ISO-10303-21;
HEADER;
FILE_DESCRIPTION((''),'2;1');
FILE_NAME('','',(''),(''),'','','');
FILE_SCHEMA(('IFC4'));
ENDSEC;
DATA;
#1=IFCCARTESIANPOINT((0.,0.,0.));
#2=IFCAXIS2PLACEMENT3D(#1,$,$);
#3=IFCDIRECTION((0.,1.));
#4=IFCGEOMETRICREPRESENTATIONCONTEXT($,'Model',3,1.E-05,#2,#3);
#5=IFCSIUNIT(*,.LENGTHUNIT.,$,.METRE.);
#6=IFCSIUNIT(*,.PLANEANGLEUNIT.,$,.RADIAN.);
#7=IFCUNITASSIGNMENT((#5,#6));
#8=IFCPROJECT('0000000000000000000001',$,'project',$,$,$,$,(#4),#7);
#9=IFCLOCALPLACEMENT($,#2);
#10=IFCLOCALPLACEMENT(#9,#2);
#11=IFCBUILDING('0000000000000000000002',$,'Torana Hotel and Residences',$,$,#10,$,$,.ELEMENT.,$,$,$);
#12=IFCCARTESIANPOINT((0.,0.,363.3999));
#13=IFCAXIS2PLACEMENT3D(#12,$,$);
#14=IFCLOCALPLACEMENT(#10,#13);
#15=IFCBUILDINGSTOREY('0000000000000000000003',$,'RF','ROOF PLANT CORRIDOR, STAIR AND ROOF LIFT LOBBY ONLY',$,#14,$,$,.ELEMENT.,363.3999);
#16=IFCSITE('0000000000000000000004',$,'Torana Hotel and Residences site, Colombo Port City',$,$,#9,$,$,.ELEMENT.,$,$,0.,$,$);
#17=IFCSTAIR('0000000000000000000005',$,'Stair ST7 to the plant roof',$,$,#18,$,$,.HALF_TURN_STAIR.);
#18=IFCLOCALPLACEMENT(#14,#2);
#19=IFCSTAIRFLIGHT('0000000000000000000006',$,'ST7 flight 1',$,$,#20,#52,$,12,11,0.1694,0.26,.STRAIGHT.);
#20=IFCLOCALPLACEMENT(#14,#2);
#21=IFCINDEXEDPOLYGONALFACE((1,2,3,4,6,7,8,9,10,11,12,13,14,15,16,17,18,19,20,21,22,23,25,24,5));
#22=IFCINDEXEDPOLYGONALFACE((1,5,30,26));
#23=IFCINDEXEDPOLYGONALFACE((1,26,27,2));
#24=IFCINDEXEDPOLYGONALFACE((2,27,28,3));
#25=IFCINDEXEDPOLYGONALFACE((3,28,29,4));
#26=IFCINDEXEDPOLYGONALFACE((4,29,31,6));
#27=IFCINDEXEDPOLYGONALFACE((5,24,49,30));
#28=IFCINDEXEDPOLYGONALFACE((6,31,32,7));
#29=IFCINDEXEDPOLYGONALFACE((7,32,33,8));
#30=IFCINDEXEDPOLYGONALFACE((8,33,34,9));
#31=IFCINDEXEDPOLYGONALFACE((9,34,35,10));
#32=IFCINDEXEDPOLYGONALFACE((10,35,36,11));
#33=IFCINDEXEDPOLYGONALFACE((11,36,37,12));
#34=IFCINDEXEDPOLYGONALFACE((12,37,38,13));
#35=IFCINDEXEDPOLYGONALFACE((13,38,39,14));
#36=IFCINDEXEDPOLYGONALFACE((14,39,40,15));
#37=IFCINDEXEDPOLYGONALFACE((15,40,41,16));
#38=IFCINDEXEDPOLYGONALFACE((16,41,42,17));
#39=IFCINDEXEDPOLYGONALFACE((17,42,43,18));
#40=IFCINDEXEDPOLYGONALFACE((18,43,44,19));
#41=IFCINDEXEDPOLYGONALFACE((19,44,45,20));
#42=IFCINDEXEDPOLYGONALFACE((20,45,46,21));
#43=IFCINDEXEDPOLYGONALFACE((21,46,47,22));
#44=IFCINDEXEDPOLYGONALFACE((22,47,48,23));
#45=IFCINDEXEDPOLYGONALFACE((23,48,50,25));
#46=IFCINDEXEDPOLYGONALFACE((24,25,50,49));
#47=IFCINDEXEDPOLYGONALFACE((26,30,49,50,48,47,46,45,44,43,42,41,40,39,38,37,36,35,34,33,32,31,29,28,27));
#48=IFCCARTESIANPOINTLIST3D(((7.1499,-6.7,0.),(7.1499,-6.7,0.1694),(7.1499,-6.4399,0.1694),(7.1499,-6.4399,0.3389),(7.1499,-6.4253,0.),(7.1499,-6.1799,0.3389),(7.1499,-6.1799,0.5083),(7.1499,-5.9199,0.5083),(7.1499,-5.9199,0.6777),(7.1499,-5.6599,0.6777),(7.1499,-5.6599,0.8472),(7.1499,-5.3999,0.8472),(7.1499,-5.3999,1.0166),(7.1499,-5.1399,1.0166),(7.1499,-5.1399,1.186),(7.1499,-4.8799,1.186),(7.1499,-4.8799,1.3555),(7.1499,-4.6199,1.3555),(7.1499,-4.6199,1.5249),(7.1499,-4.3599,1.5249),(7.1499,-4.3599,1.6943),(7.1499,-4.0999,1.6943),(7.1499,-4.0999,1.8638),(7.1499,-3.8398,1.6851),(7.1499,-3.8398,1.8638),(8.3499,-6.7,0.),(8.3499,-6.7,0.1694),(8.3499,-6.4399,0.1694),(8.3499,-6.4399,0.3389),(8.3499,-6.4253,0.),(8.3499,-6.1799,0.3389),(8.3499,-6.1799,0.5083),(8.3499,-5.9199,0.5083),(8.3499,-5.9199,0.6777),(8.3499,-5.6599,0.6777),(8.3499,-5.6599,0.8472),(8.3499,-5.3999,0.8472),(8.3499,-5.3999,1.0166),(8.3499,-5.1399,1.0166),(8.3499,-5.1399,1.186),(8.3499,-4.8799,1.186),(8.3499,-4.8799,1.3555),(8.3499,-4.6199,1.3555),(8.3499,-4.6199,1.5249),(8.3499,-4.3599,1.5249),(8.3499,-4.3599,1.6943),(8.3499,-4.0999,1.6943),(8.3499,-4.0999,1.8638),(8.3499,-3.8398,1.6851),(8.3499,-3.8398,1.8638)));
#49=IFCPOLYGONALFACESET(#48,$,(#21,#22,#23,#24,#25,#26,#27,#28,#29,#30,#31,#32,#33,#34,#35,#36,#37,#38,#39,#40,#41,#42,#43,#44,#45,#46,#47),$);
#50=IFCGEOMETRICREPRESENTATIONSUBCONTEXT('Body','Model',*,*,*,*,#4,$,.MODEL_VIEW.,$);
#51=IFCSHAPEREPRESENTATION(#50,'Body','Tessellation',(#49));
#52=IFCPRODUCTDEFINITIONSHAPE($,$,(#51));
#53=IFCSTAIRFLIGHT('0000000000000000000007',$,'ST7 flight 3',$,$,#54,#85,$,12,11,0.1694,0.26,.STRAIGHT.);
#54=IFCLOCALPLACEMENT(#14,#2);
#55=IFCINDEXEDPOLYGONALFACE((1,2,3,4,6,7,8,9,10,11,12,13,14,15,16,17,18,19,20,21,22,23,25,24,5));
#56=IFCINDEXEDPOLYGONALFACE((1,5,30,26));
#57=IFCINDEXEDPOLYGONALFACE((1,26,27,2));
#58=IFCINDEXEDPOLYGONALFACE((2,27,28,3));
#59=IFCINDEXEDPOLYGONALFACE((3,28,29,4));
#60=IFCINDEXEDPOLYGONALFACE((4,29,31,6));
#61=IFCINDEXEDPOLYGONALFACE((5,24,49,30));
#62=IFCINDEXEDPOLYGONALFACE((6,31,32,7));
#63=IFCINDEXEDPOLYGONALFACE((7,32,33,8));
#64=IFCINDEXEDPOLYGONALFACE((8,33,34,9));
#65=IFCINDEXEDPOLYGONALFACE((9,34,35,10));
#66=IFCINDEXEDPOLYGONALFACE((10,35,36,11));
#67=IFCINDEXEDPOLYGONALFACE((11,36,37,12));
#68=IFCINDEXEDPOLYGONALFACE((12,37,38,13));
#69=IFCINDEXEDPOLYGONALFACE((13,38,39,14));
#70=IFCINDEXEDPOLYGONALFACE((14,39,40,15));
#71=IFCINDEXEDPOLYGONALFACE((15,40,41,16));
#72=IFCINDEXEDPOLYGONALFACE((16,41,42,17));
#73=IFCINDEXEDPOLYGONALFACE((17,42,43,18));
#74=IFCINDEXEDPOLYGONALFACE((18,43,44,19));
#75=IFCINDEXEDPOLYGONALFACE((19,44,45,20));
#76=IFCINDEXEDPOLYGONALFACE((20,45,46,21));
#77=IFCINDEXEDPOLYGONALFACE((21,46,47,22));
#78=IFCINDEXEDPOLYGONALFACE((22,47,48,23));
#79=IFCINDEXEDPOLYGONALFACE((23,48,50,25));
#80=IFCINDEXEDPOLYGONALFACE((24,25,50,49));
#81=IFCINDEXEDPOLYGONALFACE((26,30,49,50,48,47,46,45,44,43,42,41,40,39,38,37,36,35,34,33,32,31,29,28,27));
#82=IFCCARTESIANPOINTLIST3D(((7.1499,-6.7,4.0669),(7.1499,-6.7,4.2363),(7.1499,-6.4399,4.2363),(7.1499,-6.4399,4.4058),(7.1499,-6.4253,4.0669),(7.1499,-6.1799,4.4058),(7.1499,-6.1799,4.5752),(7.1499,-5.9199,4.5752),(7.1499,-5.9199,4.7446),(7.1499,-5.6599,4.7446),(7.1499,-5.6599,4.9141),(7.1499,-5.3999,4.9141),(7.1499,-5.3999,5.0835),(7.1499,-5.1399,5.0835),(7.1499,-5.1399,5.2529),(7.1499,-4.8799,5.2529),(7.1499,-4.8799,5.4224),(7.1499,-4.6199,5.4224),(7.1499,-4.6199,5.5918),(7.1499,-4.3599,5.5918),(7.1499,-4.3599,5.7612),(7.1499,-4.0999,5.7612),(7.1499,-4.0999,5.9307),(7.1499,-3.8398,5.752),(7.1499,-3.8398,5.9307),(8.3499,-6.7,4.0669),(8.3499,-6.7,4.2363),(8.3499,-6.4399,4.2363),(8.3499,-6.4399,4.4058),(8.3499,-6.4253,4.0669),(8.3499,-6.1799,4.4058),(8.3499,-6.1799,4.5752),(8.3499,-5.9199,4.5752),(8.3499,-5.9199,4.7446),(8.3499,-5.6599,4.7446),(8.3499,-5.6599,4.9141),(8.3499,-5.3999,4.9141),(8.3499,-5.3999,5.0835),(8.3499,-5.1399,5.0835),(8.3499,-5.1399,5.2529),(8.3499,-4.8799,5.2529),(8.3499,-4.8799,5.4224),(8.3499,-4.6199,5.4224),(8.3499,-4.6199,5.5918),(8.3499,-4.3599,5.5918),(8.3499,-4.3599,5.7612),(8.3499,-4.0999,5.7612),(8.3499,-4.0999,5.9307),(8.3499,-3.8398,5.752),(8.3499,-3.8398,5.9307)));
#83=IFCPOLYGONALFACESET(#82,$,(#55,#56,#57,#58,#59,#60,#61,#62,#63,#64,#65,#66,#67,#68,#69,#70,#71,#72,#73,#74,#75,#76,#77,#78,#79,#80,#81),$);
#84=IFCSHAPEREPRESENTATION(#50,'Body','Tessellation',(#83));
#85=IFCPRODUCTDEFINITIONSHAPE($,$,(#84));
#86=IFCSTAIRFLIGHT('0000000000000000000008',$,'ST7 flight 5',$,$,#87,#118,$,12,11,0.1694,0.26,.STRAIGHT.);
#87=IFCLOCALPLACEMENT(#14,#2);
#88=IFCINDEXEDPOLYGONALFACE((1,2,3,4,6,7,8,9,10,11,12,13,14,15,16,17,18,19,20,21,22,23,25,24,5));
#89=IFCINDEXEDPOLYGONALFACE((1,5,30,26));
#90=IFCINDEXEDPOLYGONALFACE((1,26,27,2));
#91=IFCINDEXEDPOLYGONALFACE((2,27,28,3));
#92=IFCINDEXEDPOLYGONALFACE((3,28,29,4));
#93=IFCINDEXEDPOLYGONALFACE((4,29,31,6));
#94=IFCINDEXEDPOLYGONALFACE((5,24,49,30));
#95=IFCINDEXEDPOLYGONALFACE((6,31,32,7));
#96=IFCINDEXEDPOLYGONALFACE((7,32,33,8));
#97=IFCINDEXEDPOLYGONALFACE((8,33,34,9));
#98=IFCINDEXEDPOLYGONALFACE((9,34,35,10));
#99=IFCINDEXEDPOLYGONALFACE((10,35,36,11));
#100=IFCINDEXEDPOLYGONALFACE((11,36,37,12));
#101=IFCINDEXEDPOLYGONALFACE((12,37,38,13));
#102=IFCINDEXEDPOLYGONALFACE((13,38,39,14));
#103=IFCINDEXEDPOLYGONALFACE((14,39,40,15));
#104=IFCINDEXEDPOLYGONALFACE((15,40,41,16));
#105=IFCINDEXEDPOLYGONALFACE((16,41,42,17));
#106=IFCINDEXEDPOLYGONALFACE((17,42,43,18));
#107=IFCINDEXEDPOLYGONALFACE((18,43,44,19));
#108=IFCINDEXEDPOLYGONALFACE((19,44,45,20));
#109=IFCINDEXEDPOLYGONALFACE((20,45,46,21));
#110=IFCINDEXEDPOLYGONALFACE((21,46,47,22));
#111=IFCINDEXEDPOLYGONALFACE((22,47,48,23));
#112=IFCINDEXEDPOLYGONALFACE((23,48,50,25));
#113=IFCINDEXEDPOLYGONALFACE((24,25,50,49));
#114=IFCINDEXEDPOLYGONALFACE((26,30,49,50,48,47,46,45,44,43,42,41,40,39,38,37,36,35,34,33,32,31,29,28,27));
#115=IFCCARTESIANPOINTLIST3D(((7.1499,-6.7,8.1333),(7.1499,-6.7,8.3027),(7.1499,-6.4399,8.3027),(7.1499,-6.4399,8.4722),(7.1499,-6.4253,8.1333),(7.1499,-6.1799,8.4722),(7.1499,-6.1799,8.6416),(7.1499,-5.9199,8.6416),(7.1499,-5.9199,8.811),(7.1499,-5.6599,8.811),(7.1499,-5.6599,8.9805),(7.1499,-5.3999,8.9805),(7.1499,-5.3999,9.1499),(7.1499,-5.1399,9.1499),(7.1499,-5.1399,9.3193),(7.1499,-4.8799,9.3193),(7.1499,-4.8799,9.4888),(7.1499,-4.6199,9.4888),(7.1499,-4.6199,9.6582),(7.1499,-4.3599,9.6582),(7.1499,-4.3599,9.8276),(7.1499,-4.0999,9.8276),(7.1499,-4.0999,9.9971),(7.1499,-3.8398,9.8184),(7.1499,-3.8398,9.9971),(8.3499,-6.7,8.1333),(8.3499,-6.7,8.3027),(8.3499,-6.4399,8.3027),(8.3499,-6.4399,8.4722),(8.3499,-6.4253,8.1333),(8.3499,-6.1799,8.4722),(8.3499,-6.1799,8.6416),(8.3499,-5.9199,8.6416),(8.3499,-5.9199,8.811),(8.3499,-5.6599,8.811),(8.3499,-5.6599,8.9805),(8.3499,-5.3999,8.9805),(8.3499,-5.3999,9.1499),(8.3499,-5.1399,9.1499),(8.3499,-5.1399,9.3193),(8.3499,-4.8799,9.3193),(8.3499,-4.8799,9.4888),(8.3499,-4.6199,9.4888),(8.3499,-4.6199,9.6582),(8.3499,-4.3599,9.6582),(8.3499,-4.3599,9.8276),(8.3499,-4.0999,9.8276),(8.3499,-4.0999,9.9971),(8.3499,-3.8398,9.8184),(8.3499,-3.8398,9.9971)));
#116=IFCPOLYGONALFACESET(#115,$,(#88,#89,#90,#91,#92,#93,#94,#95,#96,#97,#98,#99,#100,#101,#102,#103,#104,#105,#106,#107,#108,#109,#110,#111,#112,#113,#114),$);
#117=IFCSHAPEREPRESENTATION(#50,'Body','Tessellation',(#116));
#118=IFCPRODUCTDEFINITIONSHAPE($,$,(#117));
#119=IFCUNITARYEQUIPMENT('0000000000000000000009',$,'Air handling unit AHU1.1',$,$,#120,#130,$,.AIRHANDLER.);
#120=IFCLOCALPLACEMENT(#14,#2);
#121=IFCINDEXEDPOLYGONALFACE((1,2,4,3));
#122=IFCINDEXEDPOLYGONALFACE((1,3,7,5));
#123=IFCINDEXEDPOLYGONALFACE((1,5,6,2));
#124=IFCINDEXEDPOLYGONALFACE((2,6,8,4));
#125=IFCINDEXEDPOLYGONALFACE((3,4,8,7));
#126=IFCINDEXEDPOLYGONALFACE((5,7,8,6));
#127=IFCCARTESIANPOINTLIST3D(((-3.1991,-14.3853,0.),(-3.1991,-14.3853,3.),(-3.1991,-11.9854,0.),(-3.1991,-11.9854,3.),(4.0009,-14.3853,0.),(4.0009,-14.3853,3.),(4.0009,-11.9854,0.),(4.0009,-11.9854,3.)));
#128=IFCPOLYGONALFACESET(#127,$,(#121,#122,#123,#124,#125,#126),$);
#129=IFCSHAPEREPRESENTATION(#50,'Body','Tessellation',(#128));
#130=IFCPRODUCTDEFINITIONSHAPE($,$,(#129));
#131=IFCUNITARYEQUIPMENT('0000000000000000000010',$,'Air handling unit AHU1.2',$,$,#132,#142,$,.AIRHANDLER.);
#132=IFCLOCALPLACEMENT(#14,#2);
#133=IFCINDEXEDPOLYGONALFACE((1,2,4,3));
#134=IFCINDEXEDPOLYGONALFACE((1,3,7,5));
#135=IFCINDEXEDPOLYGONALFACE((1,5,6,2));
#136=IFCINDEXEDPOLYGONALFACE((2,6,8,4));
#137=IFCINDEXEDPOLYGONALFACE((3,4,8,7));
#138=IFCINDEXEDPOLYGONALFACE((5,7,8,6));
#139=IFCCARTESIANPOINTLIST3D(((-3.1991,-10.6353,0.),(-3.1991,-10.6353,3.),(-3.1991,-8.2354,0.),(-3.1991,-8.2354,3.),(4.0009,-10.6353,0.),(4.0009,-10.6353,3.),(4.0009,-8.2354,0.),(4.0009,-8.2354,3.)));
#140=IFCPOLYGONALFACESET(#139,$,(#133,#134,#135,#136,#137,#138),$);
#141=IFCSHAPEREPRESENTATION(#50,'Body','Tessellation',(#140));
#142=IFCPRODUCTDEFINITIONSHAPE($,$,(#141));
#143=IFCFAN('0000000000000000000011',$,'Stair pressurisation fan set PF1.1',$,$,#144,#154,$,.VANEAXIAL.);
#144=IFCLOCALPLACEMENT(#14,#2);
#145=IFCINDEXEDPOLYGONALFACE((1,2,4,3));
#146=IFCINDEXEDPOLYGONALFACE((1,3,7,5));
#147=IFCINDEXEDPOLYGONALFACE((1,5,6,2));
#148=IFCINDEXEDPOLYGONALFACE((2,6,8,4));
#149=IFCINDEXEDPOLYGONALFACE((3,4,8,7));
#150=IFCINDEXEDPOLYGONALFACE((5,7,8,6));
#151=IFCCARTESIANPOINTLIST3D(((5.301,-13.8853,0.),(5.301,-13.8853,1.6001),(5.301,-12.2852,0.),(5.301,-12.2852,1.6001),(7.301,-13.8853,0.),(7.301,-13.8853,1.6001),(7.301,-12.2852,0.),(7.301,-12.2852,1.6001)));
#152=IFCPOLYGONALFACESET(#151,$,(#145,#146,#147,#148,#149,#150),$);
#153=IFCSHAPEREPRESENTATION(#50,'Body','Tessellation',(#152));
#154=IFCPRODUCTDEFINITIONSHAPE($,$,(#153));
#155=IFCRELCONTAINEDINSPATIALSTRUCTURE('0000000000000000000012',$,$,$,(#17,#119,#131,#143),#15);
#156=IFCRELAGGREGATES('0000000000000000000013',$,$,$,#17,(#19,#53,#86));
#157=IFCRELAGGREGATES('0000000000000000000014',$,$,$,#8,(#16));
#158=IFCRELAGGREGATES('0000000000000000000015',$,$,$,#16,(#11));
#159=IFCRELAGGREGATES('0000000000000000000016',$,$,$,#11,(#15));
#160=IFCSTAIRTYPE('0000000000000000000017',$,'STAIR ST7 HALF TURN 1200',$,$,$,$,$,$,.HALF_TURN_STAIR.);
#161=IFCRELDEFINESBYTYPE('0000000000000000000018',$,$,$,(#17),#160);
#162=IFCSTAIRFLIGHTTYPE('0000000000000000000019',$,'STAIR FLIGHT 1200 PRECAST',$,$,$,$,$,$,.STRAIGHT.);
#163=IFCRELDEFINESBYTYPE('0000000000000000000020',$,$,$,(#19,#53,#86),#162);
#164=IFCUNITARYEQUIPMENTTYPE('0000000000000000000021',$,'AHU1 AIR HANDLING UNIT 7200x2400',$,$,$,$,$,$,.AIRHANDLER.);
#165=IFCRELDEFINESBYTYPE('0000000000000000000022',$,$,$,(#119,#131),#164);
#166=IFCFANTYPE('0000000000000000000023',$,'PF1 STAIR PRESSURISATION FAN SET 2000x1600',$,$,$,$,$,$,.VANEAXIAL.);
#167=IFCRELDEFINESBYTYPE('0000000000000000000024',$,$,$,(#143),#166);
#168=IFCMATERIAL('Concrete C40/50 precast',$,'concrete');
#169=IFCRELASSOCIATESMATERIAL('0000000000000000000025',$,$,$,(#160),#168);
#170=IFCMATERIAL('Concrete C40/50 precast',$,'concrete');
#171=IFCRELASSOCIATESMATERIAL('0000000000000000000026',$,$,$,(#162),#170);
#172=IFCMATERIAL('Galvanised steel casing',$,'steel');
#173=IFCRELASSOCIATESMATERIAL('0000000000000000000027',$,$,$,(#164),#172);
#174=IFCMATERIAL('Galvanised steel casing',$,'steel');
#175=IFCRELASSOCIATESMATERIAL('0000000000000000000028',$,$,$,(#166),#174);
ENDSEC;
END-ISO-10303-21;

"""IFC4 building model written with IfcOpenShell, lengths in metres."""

from ifc_helpers import new_model, si_unit, direction, frame, origin, origin_2d, place, context, subcontext, project, spatial, polyline, rectangle, outline, extrude, material, type_object, element, aggregate, save


model = new_model("IFC4")

# Units and contexts
model_context = context("Model", 3, precision=1e-05, world=origin(), true_north=direction((0.0, 1.0)))
body_context = subcontext(model_context, "Body", "Model", "MODEL_VIEW")
ifc_project = project(units=[si_unit("LENGTHUNIT", "METRE"), si_unit("PLANEANGLEUNIT", "RADIAN")], contexts=[model_context])

# Site, building, storey
site_placement = place(None, origin())
site = spatial("IfcSite", under=ifc_project, at=site_placement, Name="Torana Hotel and Residences site, Colombo Port City", CompositionType="ELEMENT", RefElevation=0.0)
building_placement = place(site_placement, origin())
building = spatial("IfcBuilding", under=site, at=building_placement, Name="Torana Hotel and Residences", CompositionType="ELEMENT")
storey_placement = place(building_placement, frame((0.0, 0.0, 363.3999)))
storey = spatial("IfcBuildingStorey", under=building, at=storey_placement, Name="RF", Description="ROOF PLANT CORRIDOR, STAIR AND ROOF LIFT LOBBY ONLY", CompositionType="ELEMENT", Elevation=363.3999)

# Stair, stair flights
ifc_material_1 = material(Name="Concrete C40/50 precast", Category="concrete")
stair_type = type_object("IfcStairType", Name="STAIR ST7 HALF TURN 1200", PredefinedType="HALF_TURN_STAIR", material=ifc_material_1)
stair_placement = place(storey_placement, origin())
stair = element("IfcStair", 1, at=stair_placement, inside=storey, type_object=stair_type, Name="Stair ST7 to the plant roof", PredefinedType="HALF_TURN_STAIR")
ifc_material_2 = material(Name="Concrete C40/50 precast", Category="concrete")
stair_flight_type = type_object("IfcStairFlightType", Name="STAIR FLIGHT 1200 PRECAST", PredefinedType="STRAIGHT", material=ifc_material_2)
stair_flight_1_placement = place(storey_placement, frame((7.75, -6.7, 0.0), z_axis=(0.0, 0.0, 1.0), x_axis=(0.0, 1.0, 0.0)))
stair_flight_1 = element("IfcStairFlight", 2, at=stair_flight_1_placement, type_object=stair_flight_type, Name="ST7 flight 1", NumberOfRisers=12, NumberOfTreads=11, PredefinedType="STRAIGHT", RiserHeight=0.1694, TreadLength=0.26, context=body_context, shape_type="SweptSolid", body=[
    extrude(outline(polyline([(0.0, 0.0), (0.0, 0.1694), (0.26, 0.1694), (0.26, 0.3389), (0.52, 0.3389), (0.52, 0.5083), (0.78, 0.5083), (0.78, 0.6777), (1.04, 0.6777), (1.04, 0.8472), (1.3, 0.8472), (1.3, 1.0166), (1.5601, 1.0166), (1.5601, 1.186), (1.8201, 1.186), (1.8201, 1.3555), (2.0801, 1.3555), (2.0801, 1.5249), (2.3401, 1.5249), (2.3401, 1.6943), (2.6001, 1.6943), (2.6001, 1.8638), (2.8601, 1.8638), (2.8601, 2.0334), (2.8601, 1.6851), (0.2747, 0.0), (0.0, 0.0)])), frame((0.0, 0.6001, 0.0), z_axis=(0.0, -1.0, 0.0), x_axis=(1.0, 0.0, 0.0)), (0.0, 0.0, 1.0), 1.2),
])
stair_flight_2_placement = place(storey_placement, frame((7.75, -6.7, 4.0669), z_axis=(0.0, 0.0, 1.0), x_axis=(0.0, 1.0, 0.0)))
stair_flight_2 = element("IfcStairFlight", 3, at=stair_flight_2_placement, type_object=stair_flight_type, Name="ST7 flight 3", NumberOfRisers=12, NumberOfTreads=11, PredefinedType="STRAIGHT", RiserHeight=0.1694, TreadLength=0.26, context=body_context, shape_type="SweptSolid", body=[
    extrude(outline(polyline([(0.0, 0.0), (0.0, 0.1694), (0.26, 0.1694), (0.26, 0.3389), (0.52, 0.3389), (0.52, 0.5083), (0.78, 0.5083), (0.78, 0.6777), (1.04, 0.6777), (1.04, 0.8472), (1.3, 0.8472), (1.3, 1.0166), (1.5601, 1.0166), (1.5601, 1.186), (1.8201, 1.186), (1.8201, 1.3555), (2.0801, 1.3555), (2.0801, 1.5249), (2.3401, 1.5249), (2.3401, 1.6943), (2.6001, 1.6943), (2.6001, 1.8638), (2.8601, 1.8638), (2.8601, 2.0334), (2.8601, 1.6851), (0.2747, 0.0), (0.0, 0.0)])), frame((0.0, 0.6001, 0.0), z_axis=(0.0, -1.0, 0.0), x_axis=(1.0, 0.0, 0.0)), (0.0, 0.0, 1.0), 1.2),
])
stair_flight_3_placement = place(storey_placement, frame((7.75, -6.7, 8.1333), z_axis=(0.0, 0.0, 1.0), x_axis=(0.0, 1.0, 0.0)))
stair_flight_3 = element("IfcStairFlight", 4, at=stair_flight_3_placement, type_object=stair_flight_type, Name="ST7 flight 5", NumberOfRisers=12, NumberOfTreads=11, PredefinedType="STRAIGHT", RiserHeight=0.1694, TreadLength=0.26, context=body_context, shape_type="SweptSolid", body=[
    extrude(outline(polyline([(0.0, 0.0), (0.0, 0.1694), (0.26, 0.1694), (0.26, 0.3389), (0.52, 0.3389), (0.52, 0.5083), (0.78, 0.5083), (0.78, 0.6777), (1.04, 0.6777), (1.04, 0.8472), (1.3, 0.8472), (1.3, 1.0166), (1.5601, 1.0166), (1.5601, 1.186), (1.8201, 1.186), (1.8201, 1.3555), (2.0801, 1.3555), (2.0801, 1.5249), (2.3401, 1.5249), (2.3401, 1.6943), (2.6001, 1.6943), (2.6001, 1.8638), (2.8601, 1.8638), (2.8601, 2.0334), (2.8601, 1.6851), (0.2747, 0.0), (0.0, 0.0)])), frame((0.0, 0.6001, 0.0), z_axis=(0.0, -1.0, 0.0), x_axis=(1.0, 0.0, 0.0)), (0.0, 0.0, 1.0), 1.2),
])
aggregate(stair, [stair_flight_1, stair_flight_2, stair_flight_3])

# Unitary equipment
ifc_material_3 = material(Name="Galvanised steel casing", Category="steel")
unitary_equipment_type = type_object("IfcUnitaryEquipmentType", Name="AHU1 AIR HANDLING UNIT 7200x2400", PredefinedType="AIRHANDLER", material=ifc_material_3)
for number, where, z_axis, x_axis, name in (
    (5, (0.4009, -13.1853, 0.0), (0.0, 0.0, 1.0), (1.0, 0.0, 0.0), "Air handling unit AHU1.1"),
    (6, (0.4009, -9.4353, 0.0), (0.0, 0.0, 1.0), (1.0, 0.0, 0.0), "Air handling unit AHU1.2"),
):
    element("IfcUnitaryEquipment", number, at=place(storey_placement, frame(where, z_axis=z_axis, x_axis=x_axis)), inside=storey, type_object=unitary_equipment_type, Name=name, PredefinedType="AIRHANDLER", context=body_context, shape_type="SweptSolid", body=[
        extrude(rectangle(XDim=7.2, YDim=2.3999, at=origin_2d()), origin(), (0.0, 0.0, 1.0), 3.0),
    ])

# Fan
ifc_material_4 = material(Name="Galvanised steel casing", Category="steel")
fan_type = type_object("IfcFanType", Name="PF1 STAIR PRESSURISATION FAN SET 2000x1600", PredefinedType="VANEAXIAL", material=ifc_material_4)
fan_placement = place(storey_placement, frame((6.301, -13.0852, 0.0), z_axis=(0.0, 0.0, 1.0), x_axis=(1.0, 0.0, 0.0)))
element("IfcFan", 7, at=fan_placement, inside=storey, type_object=fan_type, Name="Stair pressurisation fan set PF1.1", PredefinedType="VANEAXIAL", context=body_context, shape_type="SweptSolid", body=[
    extrude(rectangle(XDim=2.0, YDim=1.6001, at=origin_2d()), origin(), (0.0, 0.0, 1.0), 1.6001),
])

save(model, "model.ifc")
